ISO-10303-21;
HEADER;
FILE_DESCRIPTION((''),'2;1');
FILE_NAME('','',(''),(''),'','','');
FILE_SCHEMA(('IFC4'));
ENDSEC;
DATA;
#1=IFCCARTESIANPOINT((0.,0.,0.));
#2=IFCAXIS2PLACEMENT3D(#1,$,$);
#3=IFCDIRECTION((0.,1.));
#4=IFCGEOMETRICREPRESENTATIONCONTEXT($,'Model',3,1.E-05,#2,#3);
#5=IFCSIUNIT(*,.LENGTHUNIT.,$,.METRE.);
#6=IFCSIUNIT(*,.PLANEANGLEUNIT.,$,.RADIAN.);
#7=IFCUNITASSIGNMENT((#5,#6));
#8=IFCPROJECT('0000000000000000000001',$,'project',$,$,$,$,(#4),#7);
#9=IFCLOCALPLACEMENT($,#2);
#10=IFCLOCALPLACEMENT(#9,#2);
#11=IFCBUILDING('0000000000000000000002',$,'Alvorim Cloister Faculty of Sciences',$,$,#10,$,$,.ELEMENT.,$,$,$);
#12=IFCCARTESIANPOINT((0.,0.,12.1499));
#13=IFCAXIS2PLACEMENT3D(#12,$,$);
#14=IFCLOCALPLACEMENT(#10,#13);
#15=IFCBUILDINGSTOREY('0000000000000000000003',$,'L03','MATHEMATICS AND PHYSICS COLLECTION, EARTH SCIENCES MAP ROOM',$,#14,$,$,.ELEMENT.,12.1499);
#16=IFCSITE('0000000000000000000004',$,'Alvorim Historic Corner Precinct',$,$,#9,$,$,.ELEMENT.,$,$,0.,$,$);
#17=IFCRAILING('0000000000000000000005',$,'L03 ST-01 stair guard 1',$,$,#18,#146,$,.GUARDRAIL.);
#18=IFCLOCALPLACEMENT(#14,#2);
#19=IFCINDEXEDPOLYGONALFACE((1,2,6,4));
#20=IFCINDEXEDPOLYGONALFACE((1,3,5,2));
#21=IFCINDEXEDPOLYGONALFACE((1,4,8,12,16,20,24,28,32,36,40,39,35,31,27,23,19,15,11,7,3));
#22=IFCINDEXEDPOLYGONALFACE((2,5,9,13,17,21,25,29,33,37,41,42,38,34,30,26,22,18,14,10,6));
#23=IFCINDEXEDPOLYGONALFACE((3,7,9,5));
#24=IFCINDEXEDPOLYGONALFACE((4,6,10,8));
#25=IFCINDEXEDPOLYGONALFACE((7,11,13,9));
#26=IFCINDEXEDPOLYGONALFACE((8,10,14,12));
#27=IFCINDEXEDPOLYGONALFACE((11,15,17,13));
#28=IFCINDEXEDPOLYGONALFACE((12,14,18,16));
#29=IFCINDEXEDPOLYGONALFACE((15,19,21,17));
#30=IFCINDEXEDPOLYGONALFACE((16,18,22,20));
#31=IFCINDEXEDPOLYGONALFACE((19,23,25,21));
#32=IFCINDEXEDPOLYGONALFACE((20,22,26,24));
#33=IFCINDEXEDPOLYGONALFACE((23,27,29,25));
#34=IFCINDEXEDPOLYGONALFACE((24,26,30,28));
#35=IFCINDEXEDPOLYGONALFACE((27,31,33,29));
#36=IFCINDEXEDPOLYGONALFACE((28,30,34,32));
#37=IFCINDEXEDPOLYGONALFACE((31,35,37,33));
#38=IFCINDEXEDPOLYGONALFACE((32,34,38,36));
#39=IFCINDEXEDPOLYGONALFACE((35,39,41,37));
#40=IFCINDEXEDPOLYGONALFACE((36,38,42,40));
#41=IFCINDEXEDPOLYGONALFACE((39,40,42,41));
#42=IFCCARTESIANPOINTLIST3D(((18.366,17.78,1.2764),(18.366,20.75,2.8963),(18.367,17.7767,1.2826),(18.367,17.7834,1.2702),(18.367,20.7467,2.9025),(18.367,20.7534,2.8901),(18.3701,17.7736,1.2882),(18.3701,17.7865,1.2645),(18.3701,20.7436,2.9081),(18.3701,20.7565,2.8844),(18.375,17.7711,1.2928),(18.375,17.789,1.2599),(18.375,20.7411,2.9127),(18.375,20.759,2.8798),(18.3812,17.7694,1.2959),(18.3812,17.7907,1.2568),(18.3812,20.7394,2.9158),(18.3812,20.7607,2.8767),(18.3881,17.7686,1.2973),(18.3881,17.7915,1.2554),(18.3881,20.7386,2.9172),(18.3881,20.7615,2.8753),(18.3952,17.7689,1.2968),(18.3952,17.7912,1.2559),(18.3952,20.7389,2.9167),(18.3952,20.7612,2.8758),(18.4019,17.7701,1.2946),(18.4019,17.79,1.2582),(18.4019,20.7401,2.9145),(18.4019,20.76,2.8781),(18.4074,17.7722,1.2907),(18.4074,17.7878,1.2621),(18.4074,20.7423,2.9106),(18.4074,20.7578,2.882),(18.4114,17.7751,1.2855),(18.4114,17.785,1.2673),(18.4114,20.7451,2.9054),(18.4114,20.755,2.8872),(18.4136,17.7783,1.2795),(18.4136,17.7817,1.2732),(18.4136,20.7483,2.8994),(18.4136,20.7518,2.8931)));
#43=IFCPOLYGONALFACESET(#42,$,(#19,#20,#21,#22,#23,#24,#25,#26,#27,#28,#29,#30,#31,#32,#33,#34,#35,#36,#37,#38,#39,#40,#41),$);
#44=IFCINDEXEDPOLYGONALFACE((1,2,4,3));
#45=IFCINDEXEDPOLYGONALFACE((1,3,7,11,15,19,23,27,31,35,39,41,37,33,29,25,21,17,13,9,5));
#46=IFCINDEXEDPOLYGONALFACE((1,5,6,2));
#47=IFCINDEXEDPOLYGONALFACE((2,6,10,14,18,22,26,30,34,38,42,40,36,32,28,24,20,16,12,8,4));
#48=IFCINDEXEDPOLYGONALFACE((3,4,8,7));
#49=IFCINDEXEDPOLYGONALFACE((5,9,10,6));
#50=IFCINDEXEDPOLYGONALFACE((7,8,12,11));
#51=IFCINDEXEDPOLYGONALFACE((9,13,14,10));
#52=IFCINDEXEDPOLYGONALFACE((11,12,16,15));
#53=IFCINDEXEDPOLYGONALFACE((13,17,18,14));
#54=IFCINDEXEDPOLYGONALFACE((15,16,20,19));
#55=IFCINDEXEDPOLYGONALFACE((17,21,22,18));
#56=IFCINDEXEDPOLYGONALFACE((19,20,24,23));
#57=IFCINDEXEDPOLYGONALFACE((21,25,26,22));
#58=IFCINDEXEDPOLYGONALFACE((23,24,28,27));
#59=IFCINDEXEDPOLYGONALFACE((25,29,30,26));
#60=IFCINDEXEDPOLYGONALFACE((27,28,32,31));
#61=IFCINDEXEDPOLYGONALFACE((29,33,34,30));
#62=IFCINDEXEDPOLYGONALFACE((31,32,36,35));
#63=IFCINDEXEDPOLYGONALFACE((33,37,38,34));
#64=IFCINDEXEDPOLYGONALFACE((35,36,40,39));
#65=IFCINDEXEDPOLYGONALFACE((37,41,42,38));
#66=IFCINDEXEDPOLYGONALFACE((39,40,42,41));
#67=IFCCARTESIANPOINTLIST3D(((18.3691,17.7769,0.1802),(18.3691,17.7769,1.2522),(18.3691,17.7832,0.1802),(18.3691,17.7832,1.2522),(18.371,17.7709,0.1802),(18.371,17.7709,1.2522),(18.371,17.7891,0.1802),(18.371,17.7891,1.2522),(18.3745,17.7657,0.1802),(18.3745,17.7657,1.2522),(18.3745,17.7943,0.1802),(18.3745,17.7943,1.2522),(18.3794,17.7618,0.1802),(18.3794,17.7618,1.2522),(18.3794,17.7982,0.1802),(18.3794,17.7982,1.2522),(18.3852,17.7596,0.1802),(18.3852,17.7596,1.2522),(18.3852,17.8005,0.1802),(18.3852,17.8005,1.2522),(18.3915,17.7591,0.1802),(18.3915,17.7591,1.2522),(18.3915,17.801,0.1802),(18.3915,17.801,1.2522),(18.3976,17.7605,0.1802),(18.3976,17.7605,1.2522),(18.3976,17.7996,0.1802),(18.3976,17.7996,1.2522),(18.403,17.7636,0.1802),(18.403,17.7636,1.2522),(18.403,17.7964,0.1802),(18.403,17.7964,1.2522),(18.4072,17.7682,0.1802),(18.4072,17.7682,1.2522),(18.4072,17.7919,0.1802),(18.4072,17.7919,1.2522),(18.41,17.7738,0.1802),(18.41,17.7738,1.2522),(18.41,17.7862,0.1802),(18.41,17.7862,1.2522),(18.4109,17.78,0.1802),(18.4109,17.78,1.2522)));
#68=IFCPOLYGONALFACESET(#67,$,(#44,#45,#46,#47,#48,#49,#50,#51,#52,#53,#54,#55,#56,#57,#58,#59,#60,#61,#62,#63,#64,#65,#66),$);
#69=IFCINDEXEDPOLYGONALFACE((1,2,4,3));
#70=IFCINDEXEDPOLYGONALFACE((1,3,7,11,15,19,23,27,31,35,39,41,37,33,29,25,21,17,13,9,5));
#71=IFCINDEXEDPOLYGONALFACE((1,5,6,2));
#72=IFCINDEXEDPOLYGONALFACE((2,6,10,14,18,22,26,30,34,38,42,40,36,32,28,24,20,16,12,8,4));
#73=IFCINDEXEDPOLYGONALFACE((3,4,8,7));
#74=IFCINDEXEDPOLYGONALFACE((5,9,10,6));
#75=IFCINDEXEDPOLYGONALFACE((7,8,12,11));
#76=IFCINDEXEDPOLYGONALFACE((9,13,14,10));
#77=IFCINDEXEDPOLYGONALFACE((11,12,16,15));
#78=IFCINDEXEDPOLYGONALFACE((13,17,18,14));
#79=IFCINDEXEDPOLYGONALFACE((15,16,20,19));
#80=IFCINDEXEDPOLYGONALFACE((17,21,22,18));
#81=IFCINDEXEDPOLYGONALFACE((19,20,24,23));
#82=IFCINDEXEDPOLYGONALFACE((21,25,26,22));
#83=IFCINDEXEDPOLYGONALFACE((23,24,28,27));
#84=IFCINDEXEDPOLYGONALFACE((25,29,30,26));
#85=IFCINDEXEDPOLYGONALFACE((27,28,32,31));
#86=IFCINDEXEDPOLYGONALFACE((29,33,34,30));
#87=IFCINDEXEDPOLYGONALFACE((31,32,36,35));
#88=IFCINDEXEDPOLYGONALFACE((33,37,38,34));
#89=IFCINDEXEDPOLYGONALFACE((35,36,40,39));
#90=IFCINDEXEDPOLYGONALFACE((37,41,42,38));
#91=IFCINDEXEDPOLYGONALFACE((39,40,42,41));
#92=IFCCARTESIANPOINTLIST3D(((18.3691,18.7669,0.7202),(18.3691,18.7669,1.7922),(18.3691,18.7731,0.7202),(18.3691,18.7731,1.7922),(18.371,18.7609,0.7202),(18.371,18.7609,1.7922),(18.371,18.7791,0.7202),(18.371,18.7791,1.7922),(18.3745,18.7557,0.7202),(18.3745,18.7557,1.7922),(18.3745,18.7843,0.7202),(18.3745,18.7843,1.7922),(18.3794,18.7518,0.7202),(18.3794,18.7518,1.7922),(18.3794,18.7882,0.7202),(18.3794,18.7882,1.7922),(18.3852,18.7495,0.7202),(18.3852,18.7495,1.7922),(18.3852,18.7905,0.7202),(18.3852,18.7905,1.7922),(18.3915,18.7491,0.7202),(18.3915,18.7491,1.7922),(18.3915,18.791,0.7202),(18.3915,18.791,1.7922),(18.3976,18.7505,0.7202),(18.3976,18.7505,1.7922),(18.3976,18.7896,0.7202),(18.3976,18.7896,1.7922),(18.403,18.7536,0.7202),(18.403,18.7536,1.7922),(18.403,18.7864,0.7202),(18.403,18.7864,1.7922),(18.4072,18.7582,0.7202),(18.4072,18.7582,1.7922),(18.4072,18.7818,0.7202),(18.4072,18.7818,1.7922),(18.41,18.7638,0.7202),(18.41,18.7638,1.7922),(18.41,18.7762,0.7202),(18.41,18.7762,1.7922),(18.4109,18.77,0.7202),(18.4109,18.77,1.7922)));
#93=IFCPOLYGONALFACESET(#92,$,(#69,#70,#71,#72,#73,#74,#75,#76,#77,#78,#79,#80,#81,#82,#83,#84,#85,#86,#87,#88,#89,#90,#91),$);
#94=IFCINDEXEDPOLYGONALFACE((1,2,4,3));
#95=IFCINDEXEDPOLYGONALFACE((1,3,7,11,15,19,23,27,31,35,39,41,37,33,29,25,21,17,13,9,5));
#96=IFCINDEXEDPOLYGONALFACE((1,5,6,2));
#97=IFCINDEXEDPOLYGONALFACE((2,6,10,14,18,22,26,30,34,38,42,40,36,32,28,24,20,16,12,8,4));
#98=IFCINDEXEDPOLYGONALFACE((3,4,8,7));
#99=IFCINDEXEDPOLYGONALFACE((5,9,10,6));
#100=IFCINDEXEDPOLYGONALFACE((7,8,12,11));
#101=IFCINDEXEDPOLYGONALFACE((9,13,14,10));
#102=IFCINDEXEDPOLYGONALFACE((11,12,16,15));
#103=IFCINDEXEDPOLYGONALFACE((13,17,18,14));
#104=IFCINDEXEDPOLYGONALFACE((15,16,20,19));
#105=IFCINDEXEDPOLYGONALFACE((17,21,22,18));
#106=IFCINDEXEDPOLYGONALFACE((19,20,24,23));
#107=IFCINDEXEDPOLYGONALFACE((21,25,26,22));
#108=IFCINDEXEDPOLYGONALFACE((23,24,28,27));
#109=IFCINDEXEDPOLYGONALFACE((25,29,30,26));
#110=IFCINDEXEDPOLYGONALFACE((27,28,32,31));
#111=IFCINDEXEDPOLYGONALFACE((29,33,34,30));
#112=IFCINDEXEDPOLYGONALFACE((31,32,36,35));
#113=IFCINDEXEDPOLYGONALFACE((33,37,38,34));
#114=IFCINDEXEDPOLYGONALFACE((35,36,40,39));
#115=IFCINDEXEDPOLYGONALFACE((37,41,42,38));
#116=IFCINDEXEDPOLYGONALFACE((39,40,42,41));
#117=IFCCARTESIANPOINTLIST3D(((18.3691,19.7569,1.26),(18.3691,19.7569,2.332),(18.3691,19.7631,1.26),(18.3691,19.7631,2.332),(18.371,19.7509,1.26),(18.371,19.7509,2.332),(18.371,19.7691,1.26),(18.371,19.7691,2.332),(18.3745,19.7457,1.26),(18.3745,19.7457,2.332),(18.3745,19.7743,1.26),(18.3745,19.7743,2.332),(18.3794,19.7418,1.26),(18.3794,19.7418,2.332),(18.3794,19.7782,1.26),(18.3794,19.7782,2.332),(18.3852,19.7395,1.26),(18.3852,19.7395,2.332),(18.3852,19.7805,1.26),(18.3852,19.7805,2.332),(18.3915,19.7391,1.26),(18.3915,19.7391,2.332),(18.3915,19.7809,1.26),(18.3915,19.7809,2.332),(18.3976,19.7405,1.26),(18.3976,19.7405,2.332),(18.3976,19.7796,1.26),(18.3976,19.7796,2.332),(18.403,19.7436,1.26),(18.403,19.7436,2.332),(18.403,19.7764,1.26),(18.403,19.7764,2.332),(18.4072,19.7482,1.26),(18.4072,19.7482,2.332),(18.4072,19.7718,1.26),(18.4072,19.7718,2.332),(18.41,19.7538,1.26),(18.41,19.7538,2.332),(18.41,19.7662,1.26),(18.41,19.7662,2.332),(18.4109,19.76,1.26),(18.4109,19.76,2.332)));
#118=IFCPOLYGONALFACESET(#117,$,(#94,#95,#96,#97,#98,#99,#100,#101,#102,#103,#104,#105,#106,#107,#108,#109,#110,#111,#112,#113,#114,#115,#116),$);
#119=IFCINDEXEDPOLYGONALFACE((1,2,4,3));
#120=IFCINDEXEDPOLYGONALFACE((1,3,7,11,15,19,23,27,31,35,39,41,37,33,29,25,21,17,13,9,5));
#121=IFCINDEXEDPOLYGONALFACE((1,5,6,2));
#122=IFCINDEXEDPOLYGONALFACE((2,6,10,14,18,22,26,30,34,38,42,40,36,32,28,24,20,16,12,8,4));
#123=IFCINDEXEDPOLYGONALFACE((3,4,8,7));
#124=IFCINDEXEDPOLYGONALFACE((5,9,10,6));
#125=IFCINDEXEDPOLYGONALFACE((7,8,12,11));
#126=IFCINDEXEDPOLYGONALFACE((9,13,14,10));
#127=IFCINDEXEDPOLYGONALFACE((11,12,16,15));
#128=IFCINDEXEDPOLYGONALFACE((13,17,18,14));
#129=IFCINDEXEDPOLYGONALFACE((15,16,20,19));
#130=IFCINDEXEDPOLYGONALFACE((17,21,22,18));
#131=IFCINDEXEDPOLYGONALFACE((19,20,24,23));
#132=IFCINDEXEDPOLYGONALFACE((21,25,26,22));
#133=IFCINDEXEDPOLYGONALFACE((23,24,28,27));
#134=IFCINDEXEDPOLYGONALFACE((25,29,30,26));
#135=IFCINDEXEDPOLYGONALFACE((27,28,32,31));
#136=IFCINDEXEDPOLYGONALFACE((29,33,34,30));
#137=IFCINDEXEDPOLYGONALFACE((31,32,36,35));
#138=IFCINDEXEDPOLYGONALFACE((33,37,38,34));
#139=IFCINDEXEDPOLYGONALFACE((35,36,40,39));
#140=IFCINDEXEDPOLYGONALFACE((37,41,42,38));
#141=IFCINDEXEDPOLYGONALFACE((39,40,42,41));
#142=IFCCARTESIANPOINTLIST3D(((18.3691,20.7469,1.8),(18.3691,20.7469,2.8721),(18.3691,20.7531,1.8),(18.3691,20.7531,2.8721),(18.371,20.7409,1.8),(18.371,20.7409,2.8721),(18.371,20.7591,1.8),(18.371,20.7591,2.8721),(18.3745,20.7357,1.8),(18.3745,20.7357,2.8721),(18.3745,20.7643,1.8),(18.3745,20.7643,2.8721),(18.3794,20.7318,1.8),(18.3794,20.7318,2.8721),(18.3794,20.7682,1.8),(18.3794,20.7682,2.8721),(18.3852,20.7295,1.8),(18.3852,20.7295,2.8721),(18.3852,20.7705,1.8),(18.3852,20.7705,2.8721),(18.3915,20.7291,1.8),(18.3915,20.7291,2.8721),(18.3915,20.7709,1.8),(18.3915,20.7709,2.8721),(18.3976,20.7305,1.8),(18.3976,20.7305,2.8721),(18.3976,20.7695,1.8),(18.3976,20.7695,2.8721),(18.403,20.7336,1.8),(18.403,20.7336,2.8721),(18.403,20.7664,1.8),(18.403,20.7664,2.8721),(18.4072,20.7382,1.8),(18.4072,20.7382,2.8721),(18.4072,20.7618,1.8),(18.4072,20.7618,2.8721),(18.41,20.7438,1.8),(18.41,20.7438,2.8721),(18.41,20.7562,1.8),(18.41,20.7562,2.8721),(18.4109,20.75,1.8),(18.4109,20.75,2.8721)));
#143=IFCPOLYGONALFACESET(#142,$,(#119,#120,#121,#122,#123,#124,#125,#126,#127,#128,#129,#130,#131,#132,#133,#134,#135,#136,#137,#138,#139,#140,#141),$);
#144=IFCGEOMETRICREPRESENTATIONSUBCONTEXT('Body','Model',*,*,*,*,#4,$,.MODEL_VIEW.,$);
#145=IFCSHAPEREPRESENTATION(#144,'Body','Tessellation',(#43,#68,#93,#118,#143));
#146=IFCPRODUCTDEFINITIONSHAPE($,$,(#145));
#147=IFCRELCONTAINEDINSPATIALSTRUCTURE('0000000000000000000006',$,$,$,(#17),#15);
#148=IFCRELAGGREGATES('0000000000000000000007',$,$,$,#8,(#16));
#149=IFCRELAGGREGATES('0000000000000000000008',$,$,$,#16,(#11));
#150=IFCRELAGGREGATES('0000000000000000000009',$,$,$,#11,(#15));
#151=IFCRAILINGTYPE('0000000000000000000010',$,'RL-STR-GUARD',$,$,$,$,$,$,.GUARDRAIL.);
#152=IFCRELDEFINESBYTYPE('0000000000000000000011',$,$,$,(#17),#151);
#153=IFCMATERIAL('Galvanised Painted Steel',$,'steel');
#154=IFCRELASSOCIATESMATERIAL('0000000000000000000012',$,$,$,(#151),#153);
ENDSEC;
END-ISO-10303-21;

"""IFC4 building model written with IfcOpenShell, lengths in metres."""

from ifc_helpers import new_model, si_unit, direction, frame, origin, origin_2d, place, context, subcontext, project, spatial, circle, extrude, material, type_object, element, save


model = new_model("IFC4")

# Units and contexts
model_context = context("Model", 3, precision=1e-05, world=origin(), true_north=direction((0.0, 1.0)))
body_context = subcontext(model_context, "Body", "Model", "MODEL_VIEW")
ifc_project = project(units=[si_unit("LENGTHUNIT", "METRE"), si_unit("PLANEANGLEUNIT", "RADIAN")], contexts=[model_context])

# Site, building, storey
site_placement = place(None, origin())
site = spatial("IfcSite", under=ifc_project, at=site_placement, Name="Alvorim Historic Corner Precinct", CompositionType="ELEMENT", RefElevation=0.0)
building_placement = place(site_placement, origin())
building = spatial("IfcBuilding", under=site, at=building_placement, Name="Alvorim Cloister Faculty of Sciences", CompositionType="ELEMENT")
storey_placement = place(building_placement, frame((0.0, 0.0, 12.1499)))
storey = spatial("IfcBuildingStorey", under=building, at=storey_placement, Name="L03", Description="MATHEMATICS AND PHYSICS COLLECTION, EARTH SCIENCES MAP ROOM", CompositionType="ELEMENT", Elevation=12.1499)

# Railing
ifc_material_1 = material(Name="Galvanised Painted Steel", Category="steel")
railing_type_1 = type_object("IfcRailingType", Name="RL-STR-GUARD", PredefinedType="GUARDRAIL", material=ifc_material_1)
railing_1_placement = place(storey_placement, frame((18.3899, 17.78, 0.1802)))
element("IfcRailing", 1, at=railing_1_placement, inside=storey, type_object=railing_type_1, Name="L03 ST-01 stair guard 1", PredefinedType="GUARDRAIL", context=body_context, shape_type="SweptSolid", body=[
    extrude(circle(Radius=0.0239, at=origin_2d()), frame((0.0, 0.0, 1.0962), z_axis=(0.0, 0.877909, 0.478827), x_axis=(-1.0, 0.0, 0.0)), (0.0, 0.0, 1.0), 3.3831),
    extrude(circle(Radius=0.021, at=origin_2d()), origin(), (0.0, 0.0, 1.0), 1.072),
    extrude(circle(Radius=0.021, at=origin_2d()), frame((0.0, 0.99, 0.54)), (0.0, 0.0, 1.0), 1.072),
    extrude(circle(Radius=0.021, at=origin_2d()), frame((0.0, 1.98, 1.0798)), (0.0, 0.0, 1.0), 1.072),
    extrude(circle(Radius=0.021, at=origin_2d()), frame((0.0, 2.97, 1.6199)), (0.0, 0.0, 1.0), 1.072),
])

save(model, "model.ifc")
